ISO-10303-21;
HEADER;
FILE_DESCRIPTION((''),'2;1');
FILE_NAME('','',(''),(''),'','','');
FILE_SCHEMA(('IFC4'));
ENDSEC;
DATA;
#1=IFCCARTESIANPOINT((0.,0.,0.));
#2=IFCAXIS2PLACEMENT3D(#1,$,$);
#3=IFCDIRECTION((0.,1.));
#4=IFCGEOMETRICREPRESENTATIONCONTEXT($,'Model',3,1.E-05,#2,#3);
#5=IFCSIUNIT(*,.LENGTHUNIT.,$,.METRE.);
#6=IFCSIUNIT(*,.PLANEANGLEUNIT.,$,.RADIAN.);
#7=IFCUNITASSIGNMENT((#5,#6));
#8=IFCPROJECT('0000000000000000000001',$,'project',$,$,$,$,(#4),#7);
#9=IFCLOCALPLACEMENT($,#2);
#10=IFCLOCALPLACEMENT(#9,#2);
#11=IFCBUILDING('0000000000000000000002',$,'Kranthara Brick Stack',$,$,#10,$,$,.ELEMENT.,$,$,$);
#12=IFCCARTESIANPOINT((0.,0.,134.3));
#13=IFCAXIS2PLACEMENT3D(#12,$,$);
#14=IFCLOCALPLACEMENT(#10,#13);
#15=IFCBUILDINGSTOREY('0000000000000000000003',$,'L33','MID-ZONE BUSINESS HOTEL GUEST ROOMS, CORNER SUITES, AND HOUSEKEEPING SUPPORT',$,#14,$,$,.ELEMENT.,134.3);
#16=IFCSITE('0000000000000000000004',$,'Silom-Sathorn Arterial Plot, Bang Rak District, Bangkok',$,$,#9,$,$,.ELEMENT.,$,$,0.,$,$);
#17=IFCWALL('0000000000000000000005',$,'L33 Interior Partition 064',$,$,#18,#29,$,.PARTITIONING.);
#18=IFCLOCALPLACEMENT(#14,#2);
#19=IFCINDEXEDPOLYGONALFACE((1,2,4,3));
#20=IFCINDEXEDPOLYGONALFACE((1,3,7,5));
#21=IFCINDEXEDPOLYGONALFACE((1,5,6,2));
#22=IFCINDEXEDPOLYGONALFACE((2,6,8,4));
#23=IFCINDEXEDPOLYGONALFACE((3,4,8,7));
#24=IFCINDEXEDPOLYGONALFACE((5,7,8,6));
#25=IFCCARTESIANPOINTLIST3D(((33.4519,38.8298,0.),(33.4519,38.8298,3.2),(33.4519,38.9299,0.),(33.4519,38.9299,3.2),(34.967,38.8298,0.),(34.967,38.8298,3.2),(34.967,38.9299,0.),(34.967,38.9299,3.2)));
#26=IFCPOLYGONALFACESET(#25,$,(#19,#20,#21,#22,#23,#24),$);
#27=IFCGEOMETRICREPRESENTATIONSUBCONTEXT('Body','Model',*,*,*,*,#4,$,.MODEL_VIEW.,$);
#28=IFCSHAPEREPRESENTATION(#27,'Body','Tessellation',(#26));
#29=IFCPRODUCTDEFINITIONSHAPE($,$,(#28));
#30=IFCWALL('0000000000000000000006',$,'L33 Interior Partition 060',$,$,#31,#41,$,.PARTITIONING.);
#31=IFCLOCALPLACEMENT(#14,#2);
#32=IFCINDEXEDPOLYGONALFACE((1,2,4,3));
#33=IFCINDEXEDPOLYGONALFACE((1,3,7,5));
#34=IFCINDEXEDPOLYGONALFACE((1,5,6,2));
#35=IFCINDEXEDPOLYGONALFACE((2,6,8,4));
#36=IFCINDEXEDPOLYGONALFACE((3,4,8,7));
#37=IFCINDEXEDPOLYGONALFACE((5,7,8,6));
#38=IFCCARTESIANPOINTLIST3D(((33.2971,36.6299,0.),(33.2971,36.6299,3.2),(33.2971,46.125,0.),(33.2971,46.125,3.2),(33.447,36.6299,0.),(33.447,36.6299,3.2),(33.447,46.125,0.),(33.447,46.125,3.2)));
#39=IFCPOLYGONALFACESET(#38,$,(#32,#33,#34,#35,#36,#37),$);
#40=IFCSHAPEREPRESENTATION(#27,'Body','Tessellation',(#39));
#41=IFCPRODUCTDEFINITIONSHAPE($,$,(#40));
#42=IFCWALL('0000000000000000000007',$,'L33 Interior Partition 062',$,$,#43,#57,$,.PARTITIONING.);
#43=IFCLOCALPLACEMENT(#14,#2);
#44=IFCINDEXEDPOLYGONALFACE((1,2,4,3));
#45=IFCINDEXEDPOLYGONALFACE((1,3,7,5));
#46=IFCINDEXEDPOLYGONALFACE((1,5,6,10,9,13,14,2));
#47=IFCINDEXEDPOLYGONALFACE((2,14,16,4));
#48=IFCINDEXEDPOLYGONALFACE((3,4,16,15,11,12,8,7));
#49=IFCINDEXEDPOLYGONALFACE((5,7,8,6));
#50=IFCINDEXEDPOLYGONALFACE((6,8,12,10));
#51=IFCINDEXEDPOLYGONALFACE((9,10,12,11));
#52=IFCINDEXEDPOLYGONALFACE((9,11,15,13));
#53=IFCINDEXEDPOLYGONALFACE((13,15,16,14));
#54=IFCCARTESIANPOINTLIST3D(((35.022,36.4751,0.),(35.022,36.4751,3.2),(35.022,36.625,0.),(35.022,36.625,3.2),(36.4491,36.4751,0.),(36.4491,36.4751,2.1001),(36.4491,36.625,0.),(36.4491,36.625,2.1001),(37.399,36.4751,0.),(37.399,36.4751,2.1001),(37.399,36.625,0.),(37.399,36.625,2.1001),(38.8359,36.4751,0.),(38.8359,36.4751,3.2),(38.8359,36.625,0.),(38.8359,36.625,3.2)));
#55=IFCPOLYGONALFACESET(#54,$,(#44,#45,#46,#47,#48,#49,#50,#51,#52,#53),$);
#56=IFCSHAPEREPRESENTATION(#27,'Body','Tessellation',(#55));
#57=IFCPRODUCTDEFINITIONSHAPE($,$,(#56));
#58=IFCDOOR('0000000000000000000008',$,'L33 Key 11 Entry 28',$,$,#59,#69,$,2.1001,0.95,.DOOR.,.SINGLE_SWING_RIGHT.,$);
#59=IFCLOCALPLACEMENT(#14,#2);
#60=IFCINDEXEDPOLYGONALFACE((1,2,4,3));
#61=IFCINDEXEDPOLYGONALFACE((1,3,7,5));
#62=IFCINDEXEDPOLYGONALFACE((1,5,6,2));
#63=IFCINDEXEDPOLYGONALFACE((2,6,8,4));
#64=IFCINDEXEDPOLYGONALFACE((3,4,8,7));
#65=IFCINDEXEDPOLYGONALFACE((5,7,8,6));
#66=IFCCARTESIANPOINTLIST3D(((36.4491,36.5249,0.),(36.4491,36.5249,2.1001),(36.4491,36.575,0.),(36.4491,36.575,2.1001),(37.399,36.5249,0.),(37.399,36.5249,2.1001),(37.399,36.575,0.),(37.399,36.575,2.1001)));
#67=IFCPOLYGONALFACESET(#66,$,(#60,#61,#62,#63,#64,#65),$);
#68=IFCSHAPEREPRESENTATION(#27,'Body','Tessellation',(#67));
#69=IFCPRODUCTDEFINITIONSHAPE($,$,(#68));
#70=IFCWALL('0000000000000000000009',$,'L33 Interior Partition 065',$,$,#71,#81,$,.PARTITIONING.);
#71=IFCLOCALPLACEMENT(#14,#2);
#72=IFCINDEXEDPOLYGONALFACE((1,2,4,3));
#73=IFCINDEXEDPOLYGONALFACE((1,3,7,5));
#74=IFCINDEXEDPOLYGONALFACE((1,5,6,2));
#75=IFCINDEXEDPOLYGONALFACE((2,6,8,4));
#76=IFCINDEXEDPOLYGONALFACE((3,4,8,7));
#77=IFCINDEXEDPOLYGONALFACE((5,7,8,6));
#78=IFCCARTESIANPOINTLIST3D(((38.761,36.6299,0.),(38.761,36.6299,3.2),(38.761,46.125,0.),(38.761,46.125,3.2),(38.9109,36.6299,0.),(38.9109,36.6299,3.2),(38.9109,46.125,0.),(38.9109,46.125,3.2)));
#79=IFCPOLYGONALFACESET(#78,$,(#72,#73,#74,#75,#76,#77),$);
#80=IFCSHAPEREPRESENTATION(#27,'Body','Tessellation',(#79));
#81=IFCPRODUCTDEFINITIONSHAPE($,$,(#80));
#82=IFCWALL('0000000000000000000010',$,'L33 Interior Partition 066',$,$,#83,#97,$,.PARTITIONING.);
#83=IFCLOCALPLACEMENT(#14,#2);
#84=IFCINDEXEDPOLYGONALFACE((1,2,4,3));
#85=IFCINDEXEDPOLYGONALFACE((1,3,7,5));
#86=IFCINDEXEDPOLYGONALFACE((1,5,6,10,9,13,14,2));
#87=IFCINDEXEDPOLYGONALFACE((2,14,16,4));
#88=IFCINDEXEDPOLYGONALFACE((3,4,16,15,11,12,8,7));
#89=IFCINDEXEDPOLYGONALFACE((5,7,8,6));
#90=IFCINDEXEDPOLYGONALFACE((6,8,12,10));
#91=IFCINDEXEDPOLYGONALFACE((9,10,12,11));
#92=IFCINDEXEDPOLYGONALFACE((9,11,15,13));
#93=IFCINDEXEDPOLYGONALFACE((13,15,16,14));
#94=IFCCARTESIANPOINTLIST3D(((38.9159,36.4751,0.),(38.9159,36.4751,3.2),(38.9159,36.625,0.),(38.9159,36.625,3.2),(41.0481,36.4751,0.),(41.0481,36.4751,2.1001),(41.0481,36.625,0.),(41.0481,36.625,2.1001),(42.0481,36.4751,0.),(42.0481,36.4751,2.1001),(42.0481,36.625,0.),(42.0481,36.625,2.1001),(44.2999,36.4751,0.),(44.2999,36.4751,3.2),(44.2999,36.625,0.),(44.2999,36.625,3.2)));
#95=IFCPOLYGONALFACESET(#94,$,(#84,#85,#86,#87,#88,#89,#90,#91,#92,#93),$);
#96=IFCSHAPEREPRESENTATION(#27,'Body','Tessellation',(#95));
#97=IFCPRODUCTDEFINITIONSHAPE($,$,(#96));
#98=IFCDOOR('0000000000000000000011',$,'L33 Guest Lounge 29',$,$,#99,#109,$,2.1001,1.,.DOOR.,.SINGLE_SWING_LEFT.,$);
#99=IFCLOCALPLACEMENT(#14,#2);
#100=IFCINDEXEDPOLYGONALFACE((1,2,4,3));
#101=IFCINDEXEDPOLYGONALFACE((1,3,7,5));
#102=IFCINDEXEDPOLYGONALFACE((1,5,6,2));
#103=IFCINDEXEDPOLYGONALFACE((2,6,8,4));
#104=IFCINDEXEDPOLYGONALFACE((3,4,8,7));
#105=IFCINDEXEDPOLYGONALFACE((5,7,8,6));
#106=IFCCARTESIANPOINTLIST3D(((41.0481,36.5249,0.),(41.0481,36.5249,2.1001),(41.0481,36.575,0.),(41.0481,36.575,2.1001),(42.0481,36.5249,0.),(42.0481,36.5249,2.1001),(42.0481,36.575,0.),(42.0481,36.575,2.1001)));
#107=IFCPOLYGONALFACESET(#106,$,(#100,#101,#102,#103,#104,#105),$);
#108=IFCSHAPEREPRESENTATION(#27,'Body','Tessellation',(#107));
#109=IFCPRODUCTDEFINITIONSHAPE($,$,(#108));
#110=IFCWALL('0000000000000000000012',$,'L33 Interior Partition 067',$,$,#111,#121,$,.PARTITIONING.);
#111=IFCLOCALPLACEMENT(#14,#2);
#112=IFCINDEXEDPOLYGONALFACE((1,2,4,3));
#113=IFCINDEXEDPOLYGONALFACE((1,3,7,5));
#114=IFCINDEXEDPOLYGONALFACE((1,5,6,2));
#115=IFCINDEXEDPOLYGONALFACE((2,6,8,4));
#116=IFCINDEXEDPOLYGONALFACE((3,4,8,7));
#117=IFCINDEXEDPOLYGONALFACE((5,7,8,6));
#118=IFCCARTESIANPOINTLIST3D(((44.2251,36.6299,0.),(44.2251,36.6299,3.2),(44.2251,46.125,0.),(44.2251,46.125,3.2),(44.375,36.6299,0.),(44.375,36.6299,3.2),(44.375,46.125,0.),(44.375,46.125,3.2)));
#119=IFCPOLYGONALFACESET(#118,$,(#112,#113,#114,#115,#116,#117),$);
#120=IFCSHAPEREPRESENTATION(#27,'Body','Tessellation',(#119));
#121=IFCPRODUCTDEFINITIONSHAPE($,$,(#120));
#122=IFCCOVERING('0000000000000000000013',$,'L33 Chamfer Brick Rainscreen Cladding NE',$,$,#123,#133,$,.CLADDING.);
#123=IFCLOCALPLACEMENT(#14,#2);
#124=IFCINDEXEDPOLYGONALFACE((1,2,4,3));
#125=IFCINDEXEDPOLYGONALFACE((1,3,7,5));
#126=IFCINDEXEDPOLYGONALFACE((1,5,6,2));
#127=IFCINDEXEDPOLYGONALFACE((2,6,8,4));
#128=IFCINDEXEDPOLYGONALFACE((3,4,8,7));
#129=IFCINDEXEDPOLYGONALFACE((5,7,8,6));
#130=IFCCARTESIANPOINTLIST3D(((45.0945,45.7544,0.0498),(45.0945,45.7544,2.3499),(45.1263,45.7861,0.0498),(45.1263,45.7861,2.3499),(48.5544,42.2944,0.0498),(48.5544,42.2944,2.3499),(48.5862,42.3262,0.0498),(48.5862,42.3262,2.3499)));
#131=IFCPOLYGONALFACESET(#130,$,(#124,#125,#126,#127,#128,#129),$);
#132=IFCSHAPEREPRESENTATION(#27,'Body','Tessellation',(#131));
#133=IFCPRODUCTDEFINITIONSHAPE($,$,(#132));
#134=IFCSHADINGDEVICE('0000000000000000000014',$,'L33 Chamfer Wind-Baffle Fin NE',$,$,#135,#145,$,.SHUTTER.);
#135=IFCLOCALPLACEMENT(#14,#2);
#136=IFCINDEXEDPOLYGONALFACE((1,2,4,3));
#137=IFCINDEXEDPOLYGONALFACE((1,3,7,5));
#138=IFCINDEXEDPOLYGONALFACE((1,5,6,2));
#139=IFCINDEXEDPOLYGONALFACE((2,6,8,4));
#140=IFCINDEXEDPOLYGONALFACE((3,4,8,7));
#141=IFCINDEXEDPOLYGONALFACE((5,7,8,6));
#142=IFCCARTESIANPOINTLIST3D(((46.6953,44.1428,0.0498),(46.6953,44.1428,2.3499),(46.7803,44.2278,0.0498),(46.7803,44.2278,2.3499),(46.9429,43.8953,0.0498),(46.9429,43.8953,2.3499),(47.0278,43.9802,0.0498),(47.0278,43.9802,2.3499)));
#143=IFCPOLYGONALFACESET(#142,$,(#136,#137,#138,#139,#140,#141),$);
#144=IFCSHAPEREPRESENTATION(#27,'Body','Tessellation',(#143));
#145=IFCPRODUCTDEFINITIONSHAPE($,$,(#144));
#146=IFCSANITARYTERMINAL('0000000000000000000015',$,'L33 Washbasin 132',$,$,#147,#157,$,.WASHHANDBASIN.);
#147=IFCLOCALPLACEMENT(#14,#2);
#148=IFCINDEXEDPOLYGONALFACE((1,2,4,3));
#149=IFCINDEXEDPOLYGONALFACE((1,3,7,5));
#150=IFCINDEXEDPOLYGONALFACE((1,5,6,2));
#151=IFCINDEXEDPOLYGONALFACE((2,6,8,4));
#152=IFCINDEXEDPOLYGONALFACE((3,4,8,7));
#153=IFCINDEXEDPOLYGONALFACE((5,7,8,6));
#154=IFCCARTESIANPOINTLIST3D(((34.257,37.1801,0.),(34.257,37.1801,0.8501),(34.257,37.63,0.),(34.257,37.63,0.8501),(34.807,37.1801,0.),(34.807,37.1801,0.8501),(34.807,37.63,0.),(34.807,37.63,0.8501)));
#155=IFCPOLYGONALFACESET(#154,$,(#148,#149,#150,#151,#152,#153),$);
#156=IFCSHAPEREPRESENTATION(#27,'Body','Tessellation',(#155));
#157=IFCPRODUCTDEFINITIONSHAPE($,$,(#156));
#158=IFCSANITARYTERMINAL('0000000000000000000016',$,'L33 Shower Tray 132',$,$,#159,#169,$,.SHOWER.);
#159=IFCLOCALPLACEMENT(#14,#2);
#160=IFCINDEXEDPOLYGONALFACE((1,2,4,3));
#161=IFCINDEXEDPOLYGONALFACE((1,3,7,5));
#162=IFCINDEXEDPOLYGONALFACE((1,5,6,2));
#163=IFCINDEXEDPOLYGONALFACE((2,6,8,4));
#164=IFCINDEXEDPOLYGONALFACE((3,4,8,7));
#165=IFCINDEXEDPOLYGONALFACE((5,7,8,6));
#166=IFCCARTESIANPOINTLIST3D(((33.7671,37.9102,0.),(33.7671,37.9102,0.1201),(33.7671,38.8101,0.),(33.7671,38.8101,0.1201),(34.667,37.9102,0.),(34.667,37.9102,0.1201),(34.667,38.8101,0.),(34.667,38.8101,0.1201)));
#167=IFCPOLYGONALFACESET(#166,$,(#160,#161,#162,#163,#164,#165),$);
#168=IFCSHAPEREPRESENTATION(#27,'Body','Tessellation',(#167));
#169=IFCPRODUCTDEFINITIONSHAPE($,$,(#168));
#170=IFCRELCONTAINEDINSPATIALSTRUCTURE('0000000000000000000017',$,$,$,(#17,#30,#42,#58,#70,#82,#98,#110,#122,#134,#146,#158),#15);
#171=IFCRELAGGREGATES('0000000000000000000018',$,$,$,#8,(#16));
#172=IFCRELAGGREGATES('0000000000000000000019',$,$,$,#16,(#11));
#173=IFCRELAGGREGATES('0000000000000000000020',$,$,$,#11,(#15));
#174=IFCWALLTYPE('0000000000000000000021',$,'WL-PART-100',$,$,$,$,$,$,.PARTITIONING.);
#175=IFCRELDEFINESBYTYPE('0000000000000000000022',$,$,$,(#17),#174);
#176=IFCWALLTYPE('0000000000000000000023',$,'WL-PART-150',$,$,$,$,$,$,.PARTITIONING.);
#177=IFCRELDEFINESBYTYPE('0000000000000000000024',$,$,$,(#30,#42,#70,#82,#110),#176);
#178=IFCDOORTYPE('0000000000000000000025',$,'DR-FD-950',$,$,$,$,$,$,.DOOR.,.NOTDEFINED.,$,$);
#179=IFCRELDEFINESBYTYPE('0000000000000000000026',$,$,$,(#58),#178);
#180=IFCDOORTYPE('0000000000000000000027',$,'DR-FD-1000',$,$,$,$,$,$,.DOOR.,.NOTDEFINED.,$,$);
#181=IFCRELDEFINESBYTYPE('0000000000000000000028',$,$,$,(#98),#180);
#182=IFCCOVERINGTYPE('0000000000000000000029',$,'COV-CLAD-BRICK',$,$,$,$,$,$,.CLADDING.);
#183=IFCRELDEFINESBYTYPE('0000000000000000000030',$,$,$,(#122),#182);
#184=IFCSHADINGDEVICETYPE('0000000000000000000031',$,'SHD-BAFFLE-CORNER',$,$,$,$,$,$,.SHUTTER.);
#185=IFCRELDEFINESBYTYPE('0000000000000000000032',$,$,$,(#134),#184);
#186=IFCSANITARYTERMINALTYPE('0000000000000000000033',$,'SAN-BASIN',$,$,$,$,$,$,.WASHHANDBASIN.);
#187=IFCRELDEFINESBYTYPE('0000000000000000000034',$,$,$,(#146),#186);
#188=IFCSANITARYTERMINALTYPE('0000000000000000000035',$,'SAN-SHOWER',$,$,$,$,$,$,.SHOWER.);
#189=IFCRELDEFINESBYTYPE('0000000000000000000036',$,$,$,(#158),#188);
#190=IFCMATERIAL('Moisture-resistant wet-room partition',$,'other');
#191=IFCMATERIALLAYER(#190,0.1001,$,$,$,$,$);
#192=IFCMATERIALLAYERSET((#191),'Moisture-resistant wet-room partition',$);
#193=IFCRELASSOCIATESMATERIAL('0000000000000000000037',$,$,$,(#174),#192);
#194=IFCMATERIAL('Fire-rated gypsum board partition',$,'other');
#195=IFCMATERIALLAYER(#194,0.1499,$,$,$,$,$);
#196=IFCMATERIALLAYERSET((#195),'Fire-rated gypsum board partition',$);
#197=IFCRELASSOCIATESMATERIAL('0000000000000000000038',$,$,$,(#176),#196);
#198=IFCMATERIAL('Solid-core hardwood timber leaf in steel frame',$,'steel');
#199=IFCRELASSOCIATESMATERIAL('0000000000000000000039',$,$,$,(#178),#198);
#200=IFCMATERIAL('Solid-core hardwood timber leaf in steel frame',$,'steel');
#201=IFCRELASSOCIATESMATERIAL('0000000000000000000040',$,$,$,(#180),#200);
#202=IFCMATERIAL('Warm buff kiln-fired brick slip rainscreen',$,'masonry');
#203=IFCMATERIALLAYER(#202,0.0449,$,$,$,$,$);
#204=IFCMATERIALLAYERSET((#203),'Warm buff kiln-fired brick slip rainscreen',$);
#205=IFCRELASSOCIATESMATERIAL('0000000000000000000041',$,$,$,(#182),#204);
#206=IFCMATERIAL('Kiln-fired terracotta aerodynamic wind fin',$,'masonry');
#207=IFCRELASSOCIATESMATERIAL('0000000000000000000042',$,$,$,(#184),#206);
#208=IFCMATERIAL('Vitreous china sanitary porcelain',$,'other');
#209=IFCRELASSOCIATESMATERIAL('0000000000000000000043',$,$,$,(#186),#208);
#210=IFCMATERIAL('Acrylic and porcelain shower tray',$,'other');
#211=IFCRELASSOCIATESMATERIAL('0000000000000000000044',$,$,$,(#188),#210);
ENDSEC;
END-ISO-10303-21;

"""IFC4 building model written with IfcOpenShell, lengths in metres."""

from ifc_helpers import new_model, si_unit, direction, frame, frame_2d, origin, origin_2d, place, context, subcontext, project, spatial, rectangle, extrude, material, layer, layer_set, type_object, element, fill, save


model = new_model("IFC4")

# Units and contexts
model_context = context("Model", 3, precision=1e-05, world=origin(), true_north=direction((0.0, 1.0)))
body_context = subcontext(model_context, "Body", "Model", "MODEL_VIEW")
ifc_project = project(units=[si_unit("LENGTHUNIT", "METRE"), si_unit("PLANEANGLEUNIT", "RADIAN")], contexts=[model_context])

# Site, building, storey
site_placement = place(None, origin())
site = spatial("IfcSite", under=ifc_project, at=site_placement, Name="Silom-Sathorn Arterial Plot, Bang Rak District, Bangkok", CompositionType="ELEMENT", RefElevation=0.0)
building_placement = place(site_placement, origin())
building = spatial("IfcBuilding", under=site, at=building_placement, Name="Kranthara Brick Stack", CompositionType="ELEMENT")
storey_placement = place(building_placement, frame((0.0, 0.0, 134.3)))
storey = spatial("IfcBuildingStorey", under=building, at=storey_placement, Name="L33", Description="MID-ZONE BUSINESS HOTEL GUEST ROOMS, CORNER SUITES, AND HOUSEKEEPING SUPPORT", CompositionType="ELEMENT", Elevation=134.3)

# Shared definitions
ifc_material_1 = material(Name="Moisture-resistant wet-room partition", Category="other")
ifc_layer_1 = layer(ifc_material_1, 0.1001)
ifc_layer_set_1 = layer_set([ifc_layer_1], Name="Moisture-resistant wet-room partition")
wall_type_1 = type_object("IfcWallType", Name="WL-PART-100", PredefinedType="PARTITIONING", material=ifc_layer_set_1)

# Walls
wall_1_placement = place(storey_placement, frame((33.4519, 38.8799, 0.0), z_axis=(0.0, 0.0, 1.0), x_axis=(1.0, 0.0, 0.0)))
element("IfcWall", 1, at=wall_1_placement, inside=storey, type_object=wall_type_1, Name="L33 Interior Partition 064", PredefinedType="PARTITIONING", context=body_context, shape_type="SweptSolid", body=[
    extrude(rectangle(XDim=1.5151, YDim=0.1001, at=frame_2d((0.7576, 0.0))), origin(), (0.0, 0.0, 1.0), 3.2),
])
ifc_material_2 = material(Name="Fire-rated gypsum board partition", Category="other")
ifc_layer_2 = layer(ifc_material_2, 0.1499)
ifc_layer_set_2 = layer_set([ifc_layer_2], Name="Fire-rated gypsum board partition")
wall_type_2 = type_object("IfcWallType", Name="WL-PART-150", PredefinedType="PARTITIONING", material=ifc_layer_set_2)
wall_2_placement = place(storey_placement, frame((33.3721, 36.6299, 0.0), z_axis=(0.0, 0.0, 1.0), x_axis=(0.0, 1.0, 0.0)))
element("IfcWall", 2, at=wall_2_placement, inside=storey, type_object=wall_type_2, Name="L33 Interior Partition 060", PredefinedType="PARTITIONING", context=body_context, shape_type="SweptSolid", body=[
    extrude(rectangle(XDim=9.4951, YDim=0.1499, at=frame_2d((4.7476, 0.0))), origin(), (0.0, 0.0, 1.0), 3.2),
])

# Wall, opening, door
wall_3_placement = place(storey_placement, frame((35.022, 36.55, 0.0), z_axis=(0.0, 0.0, 1.0), x_axis=(1.0, 0.0, 0.0)))
wall_3 = element("IfcWall", 3, at=wall_3_placement, inside=storey, type_object=wall_type_2, Name="L33 Interior Partition 062", PredefinedType="PARTITIONING", context=body_context, shape_type="SweptSolid", body=[
    extrude(rectangle(XDim=3.814, YDim=0.1499, at=frame_2d((1.907, 0.0))), origin(), (0.0, 0.0, 1.0), 3.2),
])
opening_1_placement = place(wall_3_placement, frame((1.427, 0.0, 0.0)))
opening_1 = element("IfcOpeningElement", 4, at=opening_1_placement, cuts=wall_3, PredefinedType="OPENING", context=body_context, shape_type="SweptSolid", body=[
    extrude(rectangle(XDim=0.95, YDim=2.1001, at=frame_2d((0.4751, 1.05))), frame((0.0, 0.085, 0.0), z_axis=(0.0, -1.0, 0.0), x_axis=(1.0, 0.0, 0.0)), (0.0, 0.0, 1.0), 0.1699),
])
ifc_material_3 = material(Name="Solid-core hardwood timber leaf in steel frame", Category="steel")
door_type_1 = type_object("IfcDoorType", Name="DR-FD-950", OperationType="NOTDEFINED", PredefinedType="DOOR", material=ifc_material_3)
door_1_placement = place(opening_1_placement, origin())
door_1 = element("IfcDoor", 5, at=door_1_placement, inside=storey, type_object=door_type_1, Name="L33 Key 11 Entry 28", OperationType="SINGLE_SWING_RIGHT", OverallHeight=2.1001, OverallWidth=0.95, PredefinedType="DOOR", context=body_context, shape_type="SweptSolid", body=[
    extrude(rectangle(XDim=0.95, YDim=2.1001, at=frame_2d((0.4751, 1.05))), frame((0.0, 0.0249, 0.0), z_axis=(0.0, -1.0, 0.0), x_axis=(1.0, 0.0, 0.0)), (0.0, 0.0, 1.0), 0.05),
])
fill(opening_1, door_1)

# Wall
wall_4_placement = place(storey_placement, frame((38.8359, 36.6299, 0.0), z_axis=(0.0, 0.0, 1.0), x_axis=(0.0, 1.0, 0.0)))
element("IfcWall", 6, at=wall_4_placement, inside=storey, type_object=wall_type_2, Name="L33 Interior Partition 065", PredefinedType="PARTITIONING", context=body_context, shape_type="SweptSolid", body=[
    extrude(rectangle(XDim=9.4951, YDim=0.1499, at=frame_2d((4.7476, 0.0))), origin(), (0.0, 0.0, 1.0), 3.2),
])

# Wall, opening, door
wall_5_placement = place(storey_placement, frame((38.916, 36.55, 0.0), z_axis=(0.0, 0.0, 1.0), x_axis=(1.0, 0.0, 0.0)))
wall_5 = element("IfcWall", 7, at=wall_5_placement, inside=storey, type_object=wall_type_2, Name="L33 Interior Partition 066", PredefinedType="PARTITIONING", context=body_context, shape_type="SweptSolid", body=[
    extrude(rectangle(XDim=5.384, YDim=0.1499, at=frame_2d((2.6919, 0.0))), origin(), (0.0, 0.0, 1.0), 3.2),
])
opening_2_placement = place(wall_5_placement, frame((2.1321, 0.0, 0.0)))
opening_2 = element("IfcOpeningElement", 8, at=opening_2_placement, cuts=wall_5, PredefinedType="OPENING", context=body_context, shape_type="SweptSolid", body=[
    extrude(rectangle(XDim=1.0, YDim=2.1001, at=frame_2d((0.5, 1.05))), frame((0.0, 0.085, 0.0), z_axis=(0.0, -1.0, 0.0), x_axis=(1.0, 0.0, 0.0)), (0.0, 0.0, 1.0), 0.1699),
])
ifc_material_4 = material(Name="Solid-core hardwood timber leaf in steel frame", Category="steel")
door_type_2 = type_object("IfcDoorType", Name="DR-FD-1000", OperationType="NOTDEFINED", PredefinedType="DOOR", material=ifc_material_4)
door_2_placement = place(opening_2_placement, origin())
door_2 = element("IfcDoor", 9, at=door_2_placement, inside=storey, type_object=door_type_2, Name="L33 Guest Lounge 29", OperationType="SINGLE_SWING_LEFT", OverallHeight=2.1001, OverallWidth=1.0, PredefinedType="DOOR", context=body_context, shape_type="SweptSolid", body=[
    extrude(rectangle(XDim=1.0, YDim=2.1001, at=frame_2d((0.5, 1.05))), frame((0.0, 0.0249, 0.0), z_axis=(0.0, -1.0, 0.0), x_axis=(1.0, 0.0, 0.0)), (0.0, 0.0, 1.0), 0.05),
])
fill(opening_2, door_2)

# Wall
wall_6_placement = place(storey_placement, frame((44.3, 36.6299, 0.0), z_axis=(0.0, 0.0, 1.0), x_axis=(0.0, 1.0, 0.0)))
element("IfcWall", 10, at=wall_6_placement, inside=storey, type_object=wall_type_2, Name="L33 Interior Partition 067", PredefinedType="PARTITIONING", context=body_context, shape_type="SweptSolid", body=[
    extrude(rectangle(XDim=9.4951, YDim=0.1499, at=frame_2d((4.7476, 0.0))), origin(), (0.0, 0.0, 1.0), 3.2),
])

# Covering
ifc_material_5 = material(Name="Warm buff kiln-fired brick slip rainscreen", Category="masonry")
ifc_layer_3 = layer(ifc_material_5, 0.0449)
ifc_layer_set_3 = layer_set([ifc_layer_3], Name="Warm buff kiln-fired brick slip rainscreen")
covering_type = type_object("IfcCoveringType", Name="COV-CLAD-BRICK", PredefinedType="CLADDING", material=ifc_layer_set_3)
covering_placement = place(storey_placement, frame((46.8403, 44.0403, 0.0498), z_axis=(0.0, 0.0, 1.0), x_axis=(0.707107, -0.707107, 0.0)))
element("IfcCovering", 11, at=covering_placement, inside=storey, type_object=covering_type, Name="L33 Chamfer Brick Rainscreen Cladding NE", PredefinedType="CLADDING", context=body_context, shape_type="SweptSolid", body=[
    extrude(rectangle(XDim=4.8931, YDim=0.0449, at=origin_2d()), origin(), (0.0, 0.0, 1.0), 2.3),
])

# Shading device
ifc_material_6 = material(Name="Kiln-fired terracotta aerodynamic wind fin", Category="masonry")
shading_device_type = type_object("IfcShadingDeviceType", Name="SHD-BAFFLE-CORNER", PredefinedType="SHUTTER", material=ifc_material_6)
shading_device_placement = place(storey_placement, frame((46.8616, 44.0615, 0.0498), z_axis=(0.0, 0.0, 1.0), x_axis=(0.707107, -0.707107, 0.0)))
element("IfcShadingDevice", 12, at=shading_device_placement, inside=storey, type_object=shading_device_type, Name="L33 Chamfer Wind-Baffle Fin NE", PredefinedType="SHUTTER", context=body_context, shape_type="SweptSolid", body=[
    extrude(rectangle(XDim=0.3501, YDim=0.1201, at=origin_2d()), origin(), (0.0, 0.0, 1.0), 2.3),
])

# Sanitary terminals
ifc_material_7 = material(Name="Vitreous china sanitary porcelain", Category="other")
sanitary_terminal_type_1 = type_object("IfcSanitaryTerminalType", Name="SAN-BASIN", PredefinedType="WASHHANDBASIN", material=ifc_material_7)
sanitary_terminal_1_placement = place(storey_placement, frame((34.532, 37.405, 0.0), z_axis=(0.0, 0.0, 1.0), x_axis=(1.0, 0.0, 0.0)))
element("IfcSanitaryTerminal", 13, at=sanitary_terminal_1_placement, inside=storey, type_object=sanitary_terminal_type_1, Name="L33 Washbasin 132", PredefinedType="WASHHANDBASIN", context=body_context, shape_type="SweptSolid", body=[
    extrude(rectangle(XDim=0.55, YDim=0.45, at=origin_2d()), origin(), (0.0, 0.0, 1.0), 0.8501),
])
ifc_material_8 = material(Name="Acrylic and porcelain shower tray", Category="other")
sanitary_terminal_type_2 = type_object("IfcSanitaryTerminalType", Name="SAN-SHOWER", PredefinedType="SHOWER", material=ifc_material_8)
sanitary_terminal_2_placement = place(storey_placement, frame((34.217, 38.3601, 0.0), z_axis=(0.0, 0.0, 1.0), x_axis=(1.0, 0.0, 0.0)))
element("IfcSanitaryTerminal", 14, at=sanitary_terminal_2_placement, inside=storey, type_object=sanitary_terminal_type_2, Name="L33 Shower Tray 132", PredefinedType="SHOWER", context=body_context, shape_type="SweptSolid", body=[
    extrude(rectangle(XDim=0.8999, YDim=0.8999, at=origin_2d()), origin(), (0.0, 0.0, 1.0), 0.1201),
])

save(model, "model.ifc")
